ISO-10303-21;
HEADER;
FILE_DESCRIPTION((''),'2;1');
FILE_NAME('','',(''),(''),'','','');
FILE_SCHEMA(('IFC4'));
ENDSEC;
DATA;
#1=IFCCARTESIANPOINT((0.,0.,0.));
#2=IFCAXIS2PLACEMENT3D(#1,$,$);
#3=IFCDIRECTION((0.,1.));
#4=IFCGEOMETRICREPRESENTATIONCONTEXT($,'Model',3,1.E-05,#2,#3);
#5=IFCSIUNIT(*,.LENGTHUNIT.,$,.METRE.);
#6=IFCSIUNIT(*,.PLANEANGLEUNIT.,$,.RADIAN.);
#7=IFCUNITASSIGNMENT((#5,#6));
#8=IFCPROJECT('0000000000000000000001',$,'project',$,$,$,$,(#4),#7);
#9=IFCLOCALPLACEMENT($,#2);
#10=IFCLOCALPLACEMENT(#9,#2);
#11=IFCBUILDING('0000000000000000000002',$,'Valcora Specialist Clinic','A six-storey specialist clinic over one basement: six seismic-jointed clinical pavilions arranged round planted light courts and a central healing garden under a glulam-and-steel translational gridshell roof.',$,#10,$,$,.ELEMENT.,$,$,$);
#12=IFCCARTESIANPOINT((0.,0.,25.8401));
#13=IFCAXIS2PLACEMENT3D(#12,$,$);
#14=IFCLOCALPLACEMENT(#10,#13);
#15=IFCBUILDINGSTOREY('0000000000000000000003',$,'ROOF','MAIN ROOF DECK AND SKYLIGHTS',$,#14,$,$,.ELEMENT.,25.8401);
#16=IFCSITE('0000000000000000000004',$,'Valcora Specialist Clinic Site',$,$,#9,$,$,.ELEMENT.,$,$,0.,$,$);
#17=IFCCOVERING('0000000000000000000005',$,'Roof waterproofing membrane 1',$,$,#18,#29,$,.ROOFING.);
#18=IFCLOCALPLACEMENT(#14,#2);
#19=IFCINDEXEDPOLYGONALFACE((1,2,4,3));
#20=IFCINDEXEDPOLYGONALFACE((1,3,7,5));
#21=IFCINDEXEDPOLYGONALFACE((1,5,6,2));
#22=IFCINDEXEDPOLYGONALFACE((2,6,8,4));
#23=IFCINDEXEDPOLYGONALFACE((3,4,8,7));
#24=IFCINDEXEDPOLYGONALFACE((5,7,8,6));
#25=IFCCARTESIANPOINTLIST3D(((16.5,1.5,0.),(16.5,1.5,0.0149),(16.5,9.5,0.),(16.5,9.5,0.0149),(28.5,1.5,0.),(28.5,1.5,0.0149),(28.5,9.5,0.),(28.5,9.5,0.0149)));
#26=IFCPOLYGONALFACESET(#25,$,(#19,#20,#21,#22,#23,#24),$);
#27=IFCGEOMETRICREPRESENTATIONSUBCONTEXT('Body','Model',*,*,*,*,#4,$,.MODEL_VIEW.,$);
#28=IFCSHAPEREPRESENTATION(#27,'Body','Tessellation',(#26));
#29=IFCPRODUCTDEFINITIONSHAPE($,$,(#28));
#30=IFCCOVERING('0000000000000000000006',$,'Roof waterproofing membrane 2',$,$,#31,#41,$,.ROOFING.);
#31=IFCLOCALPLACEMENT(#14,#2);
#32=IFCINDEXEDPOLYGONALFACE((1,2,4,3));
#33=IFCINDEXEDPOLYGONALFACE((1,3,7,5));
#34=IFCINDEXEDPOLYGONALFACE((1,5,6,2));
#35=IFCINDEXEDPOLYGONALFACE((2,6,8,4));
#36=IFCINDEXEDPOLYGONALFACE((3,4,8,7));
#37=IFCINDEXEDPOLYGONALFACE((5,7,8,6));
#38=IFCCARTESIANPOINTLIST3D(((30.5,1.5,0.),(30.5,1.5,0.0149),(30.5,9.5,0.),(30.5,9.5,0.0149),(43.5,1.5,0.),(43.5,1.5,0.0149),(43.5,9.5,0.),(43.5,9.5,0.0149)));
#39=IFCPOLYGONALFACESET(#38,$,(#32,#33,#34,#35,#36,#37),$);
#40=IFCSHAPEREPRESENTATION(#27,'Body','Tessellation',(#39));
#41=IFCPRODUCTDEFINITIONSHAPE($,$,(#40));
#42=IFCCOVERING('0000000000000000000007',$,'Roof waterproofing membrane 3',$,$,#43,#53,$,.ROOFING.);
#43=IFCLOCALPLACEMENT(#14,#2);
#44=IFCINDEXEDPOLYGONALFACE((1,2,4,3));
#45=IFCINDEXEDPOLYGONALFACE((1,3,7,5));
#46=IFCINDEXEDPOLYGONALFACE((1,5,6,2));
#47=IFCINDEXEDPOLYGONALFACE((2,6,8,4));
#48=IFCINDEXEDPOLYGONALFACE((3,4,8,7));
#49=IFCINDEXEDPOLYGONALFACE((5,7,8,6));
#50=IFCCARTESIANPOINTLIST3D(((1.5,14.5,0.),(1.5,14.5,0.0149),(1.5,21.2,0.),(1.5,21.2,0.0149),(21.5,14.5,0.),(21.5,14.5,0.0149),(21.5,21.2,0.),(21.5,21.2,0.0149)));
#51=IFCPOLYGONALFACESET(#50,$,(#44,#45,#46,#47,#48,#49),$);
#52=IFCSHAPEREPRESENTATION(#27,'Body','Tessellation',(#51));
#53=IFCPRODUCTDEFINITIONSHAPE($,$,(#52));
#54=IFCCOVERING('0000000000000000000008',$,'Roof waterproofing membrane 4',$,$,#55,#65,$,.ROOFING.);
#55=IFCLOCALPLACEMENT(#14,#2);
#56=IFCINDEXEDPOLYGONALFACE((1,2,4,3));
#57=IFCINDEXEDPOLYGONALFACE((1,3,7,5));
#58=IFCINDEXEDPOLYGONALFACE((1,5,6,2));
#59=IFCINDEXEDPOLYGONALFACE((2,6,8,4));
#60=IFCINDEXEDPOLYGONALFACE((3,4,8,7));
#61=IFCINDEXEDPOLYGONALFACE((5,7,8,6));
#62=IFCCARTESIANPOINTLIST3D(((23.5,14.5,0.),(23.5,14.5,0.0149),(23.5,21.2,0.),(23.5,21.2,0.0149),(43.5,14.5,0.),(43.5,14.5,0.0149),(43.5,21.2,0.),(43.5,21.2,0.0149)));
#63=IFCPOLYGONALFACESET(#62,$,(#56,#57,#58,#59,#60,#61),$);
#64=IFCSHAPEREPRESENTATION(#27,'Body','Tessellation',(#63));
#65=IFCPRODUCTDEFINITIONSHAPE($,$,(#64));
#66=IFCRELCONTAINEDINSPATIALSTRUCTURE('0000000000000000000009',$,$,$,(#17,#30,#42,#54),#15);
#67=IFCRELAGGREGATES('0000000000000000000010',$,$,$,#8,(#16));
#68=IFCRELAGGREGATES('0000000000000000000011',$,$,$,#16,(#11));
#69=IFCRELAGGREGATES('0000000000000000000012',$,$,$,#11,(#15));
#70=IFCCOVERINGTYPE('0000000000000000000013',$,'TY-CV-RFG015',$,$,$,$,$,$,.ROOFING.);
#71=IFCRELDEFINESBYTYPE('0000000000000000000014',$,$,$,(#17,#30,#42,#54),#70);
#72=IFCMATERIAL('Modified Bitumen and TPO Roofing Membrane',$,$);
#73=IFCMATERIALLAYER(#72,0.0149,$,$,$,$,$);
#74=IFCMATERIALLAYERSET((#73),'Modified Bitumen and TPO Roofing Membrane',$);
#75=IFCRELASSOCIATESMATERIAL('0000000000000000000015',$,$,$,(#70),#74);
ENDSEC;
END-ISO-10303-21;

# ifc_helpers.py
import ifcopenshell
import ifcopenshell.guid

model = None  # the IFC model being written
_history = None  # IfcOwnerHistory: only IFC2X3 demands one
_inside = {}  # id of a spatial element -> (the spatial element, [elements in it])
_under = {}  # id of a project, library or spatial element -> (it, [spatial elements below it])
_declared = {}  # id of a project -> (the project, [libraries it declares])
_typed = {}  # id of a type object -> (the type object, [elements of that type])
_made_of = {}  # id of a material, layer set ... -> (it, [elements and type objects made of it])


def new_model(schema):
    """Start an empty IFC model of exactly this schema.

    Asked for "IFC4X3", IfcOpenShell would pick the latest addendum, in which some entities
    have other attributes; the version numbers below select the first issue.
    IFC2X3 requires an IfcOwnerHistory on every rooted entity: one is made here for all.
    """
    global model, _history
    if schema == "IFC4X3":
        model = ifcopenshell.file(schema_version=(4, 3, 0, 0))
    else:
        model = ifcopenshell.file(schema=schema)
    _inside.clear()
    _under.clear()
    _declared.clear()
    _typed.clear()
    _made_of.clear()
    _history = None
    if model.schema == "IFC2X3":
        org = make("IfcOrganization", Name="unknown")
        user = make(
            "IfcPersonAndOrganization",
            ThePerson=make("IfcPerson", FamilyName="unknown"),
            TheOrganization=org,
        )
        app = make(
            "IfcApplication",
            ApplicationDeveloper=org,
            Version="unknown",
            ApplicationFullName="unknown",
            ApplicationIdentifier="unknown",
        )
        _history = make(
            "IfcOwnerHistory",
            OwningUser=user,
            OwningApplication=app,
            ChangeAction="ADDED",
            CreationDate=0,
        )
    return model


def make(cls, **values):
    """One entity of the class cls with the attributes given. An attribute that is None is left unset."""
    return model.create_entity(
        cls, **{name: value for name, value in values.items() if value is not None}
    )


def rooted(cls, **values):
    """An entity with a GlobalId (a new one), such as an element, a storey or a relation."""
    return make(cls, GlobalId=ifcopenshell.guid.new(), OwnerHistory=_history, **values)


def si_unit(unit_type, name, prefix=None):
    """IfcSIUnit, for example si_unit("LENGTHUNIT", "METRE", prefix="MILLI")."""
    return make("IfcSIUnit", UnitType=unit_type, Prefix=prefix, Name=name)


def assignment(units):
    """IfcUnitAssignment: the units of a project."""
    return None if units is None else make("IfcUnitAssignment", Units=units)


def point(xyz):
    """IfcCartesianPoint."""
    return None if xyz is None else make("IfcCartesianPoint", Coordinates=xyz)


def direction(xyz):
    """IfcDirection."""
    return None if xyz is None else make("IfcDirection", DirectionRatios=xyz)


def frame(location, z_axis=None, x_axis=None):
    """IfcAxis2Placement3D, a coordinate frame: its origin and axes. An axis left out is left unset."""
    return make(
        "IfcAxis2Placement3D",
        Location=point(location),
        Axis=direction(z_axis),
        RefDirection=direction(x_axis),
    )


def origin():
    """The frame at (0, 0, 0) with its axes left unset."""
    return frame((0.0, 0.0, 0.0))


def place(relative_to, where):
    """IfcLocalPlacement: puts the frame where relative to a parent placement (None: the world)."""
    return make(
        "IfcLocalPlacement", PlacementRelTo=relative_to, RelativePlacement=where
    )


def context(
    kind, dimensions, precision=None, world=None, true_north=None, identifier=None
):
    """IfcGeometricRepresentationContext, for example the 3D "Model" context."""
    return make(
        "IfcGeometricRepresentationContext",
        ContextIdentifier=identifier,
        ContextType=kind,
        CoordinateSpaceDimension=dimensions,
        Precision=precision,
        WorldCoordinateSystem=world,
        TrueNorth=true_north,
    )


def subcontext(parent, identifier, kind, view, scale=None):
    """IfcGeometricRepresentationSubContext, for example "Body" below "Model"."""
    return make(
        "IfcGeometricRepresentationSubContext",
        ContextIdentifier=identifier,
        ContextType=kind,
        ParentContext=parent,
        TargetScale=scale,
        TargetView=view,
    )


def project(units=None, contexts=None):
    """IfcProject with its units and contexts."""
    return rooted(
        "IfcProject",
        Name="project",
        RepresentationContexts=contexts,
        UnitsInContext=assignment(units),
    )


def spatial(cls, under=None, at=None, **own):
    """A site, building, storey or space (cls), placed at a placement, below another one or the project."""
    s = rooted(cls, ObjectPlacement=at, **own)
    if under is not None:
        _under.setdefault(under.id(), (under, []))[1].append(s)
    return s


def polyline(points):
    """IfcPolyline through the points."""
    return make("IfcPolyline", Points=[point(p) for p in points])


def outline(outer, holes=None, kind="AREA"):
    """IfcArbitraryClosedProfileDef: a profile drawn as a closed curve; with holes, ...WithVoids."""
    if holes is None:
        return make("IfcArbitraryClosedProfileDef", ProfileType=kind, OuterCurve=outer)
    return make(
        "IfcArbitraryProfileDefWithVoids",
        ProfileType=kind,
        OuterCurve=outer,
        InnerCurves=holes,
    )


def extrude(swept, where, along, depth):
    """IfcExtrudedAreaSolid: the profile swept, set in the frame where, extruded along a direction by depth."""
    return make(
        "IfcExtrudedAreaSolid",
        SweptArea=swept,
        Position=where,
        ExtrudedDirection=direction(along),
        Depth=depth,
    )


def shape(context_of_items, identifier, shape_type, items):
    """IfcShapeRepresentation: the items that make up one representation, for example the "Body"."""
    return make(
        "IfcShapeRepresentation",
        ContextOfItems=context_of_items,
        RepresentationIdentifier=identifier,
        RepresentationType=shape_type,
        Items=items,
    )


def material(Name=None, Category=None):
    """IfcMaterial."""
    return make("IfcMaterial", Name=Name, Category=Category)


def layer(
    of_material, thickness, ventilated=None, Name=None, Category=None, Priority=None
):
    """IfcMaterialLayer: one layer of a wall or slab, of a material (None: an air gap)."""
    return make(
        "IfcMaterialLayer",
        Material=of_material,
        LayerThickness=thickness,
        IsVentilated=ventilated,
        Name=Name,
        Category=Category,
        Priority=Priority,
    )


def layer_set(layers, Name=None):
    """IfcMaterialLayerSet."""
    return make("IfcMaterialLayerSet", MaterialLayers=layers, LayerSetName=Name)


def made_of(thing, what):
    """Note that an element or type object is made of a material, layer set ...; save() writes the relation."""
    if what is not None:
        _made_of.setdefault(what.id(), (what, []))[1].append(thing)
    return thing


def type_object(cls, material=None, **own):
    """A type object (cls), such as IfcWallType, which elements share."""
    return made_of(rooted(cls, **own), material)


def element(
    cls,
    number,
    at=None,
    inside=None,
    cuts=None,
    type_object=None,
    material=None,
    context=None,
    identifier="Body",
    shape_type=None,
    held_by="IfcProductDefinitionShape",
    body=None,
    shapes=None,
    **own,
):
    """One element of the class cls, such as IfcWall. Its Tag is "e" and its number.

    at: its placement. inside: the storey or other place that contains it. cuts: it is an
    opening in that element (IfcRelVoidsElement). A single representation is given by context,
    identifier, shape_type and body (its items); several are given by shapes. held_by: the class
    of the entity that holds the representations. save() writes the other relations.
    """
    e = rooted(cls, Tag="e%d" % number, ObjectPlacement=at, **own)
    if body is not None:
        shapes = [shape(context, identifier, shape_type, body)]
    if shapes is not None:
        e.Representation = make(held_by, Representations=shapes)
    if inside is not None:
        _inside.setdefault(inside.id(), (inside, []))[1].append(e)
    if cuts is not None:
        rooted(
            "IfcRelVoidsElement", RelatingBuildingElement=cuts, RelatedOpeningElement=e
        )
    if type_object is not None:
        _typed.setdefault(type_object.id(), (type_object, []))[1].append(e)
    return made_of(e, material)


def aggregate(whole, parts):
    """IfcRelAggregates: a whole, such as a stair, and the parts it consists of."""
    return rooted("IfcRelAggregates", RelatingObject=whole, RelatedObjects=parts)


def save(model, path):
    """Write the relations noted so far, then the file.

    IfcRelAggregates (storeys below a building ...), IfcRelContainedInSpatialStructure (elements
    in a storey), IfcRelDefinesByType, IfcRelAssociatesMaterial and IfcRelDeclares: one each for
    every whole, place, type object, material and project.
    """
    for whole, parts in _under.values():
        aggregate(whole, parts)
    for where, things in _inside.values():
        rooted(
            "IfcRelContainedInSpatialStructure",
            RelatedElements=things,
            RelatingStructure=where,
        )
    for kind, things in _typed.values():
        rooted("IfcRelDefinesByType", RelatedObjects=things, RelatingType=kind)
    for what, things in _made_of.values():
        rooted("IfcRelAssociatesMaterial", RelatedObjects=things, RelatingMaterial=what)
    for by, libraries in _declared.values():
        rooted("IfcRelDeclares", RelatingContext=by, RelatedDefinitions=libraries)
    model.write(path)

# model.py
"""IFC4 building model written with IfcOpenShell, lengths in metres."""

from ifc_helpers import new_model, si_unit, direction, frame, origin, place, context, subcontext, project, spatial, polyline, outline, extrude, material, layer, layer_set, type_object, element, save


model = new_model("IFC4")

# Units and contexts
model_context = context("Model", 3, precision=1e-05, world=origin(), true_north=direction((0.0, 1.0)))
body_context = subcontext(model_context, "Body", "Model", "MODEL_VIEW")
ifc_project = project(units=[si_unit("LENGTHUNIT", "METRE"), si_unit("PLANEANGLEUNIT", "RADIAN")], contexts=[model_context])

# Site, building, storey
site_placement = place(None, origin())
site = spatial("IfcSite", under=ifc_project, at=site_placement, Name="Valcora Specialist Clinic Site", CompositionType="ELEMENT", RefElevation=0.0)
building_placement = place(site_placement, origin())
building = spatial("IfcBuilding", under=site, at=building_placement, Name="Valcora Specialist Clinic", Description="A six-storey specialist clinic over one basement: six seismic-jointed clinical pavilions arranged round planted light courts and a central healing garden under a glulam-and-steel translational gridshell roof.", CompositionType="ELEMENT")
storey_placement = place(building_placement, frame((0.0, 0.0, 25.8401)))
storey = spatial("IfcBuildingStorey", under=building, at=storey_placement, Name="ROOF", Description="MAIN ROOF DECK AND SKYLIGHTS", CompositionType="ELEMENT", Elevation=25.8401)

# Coverings
ifc_material_1 = material(Name="Modified Bitumen and TPO Roofing Membrane")
ifc_layer_1 = layer(ifc_material_1, 0.0149)
ifc_layer_set_1 = layer_set([ifc_layer_1], Name="Modified Bitumen and TPO Roofing Membrane")
covering_type = type_object("IfcCoveringType", Name="TY-CV-RFG015", PredefinedType="ROOFING", material=ifc_layer_set_1)
covering_1_placement = place(storey_placement, origin())
element("IfcCovering", 1, at=covering_1_placement, inside=storey, type_object=covering_type, Name="Roof waterproofing membrane 1", PredefinedType="ROOFING", context=body_context, shape_type="SweptSolid", body=[
    extrude(outline(polyline([(16.5, 1.5), (28.5, 1.5), (28.5, 9.5), (16.5, 9.5), (16.5, 1.5)])), origin(), (0.0, 0.0, 1.0), 0.0149),
])
covering_2_placement = place(storey_placement, origin())
element("IfcCovering", 2, at=covering_2_placement, inside=storey, type_object=covering_type, Name="Roof waterproofing membrane 2", PredefinedType="ROOFING", context=body_context, shape_type="SweptSolid", body=[
    extrude(outline(polyline([(30.5, 1.5), (43.5, 1.5), (43.5, 9.5), (30.5, 9.5), (30.5, 1.5)])), origin(), (0.0, 0.0, 1.0), 0.0149),
])
covering_3_placement = place(storey_placement, origin())
element("IfcCovering", 3, at=covering_3_placement, inside=storey, type_object=covering_type, Name="Roof waterproofing membrane 3", PredefinedType="ROOFING", context=body_context, shape_type="SweptSolid", body=[
    extrude(outline(polyline([(1.5, 14.5), (21.5, 14.5), (21.5, 21.2), (1.5, 21.2), (1.5, 14.5)])), origin(), (0.0, 0.0, 1.0), 0.0149),
])
covering_4_placement = place(storey_placement, origin())
element("IfcCovering", 4, at=covering_4_placement, inside=storey, type_object=covering_type, Name="Roof waterproofing membrane 4", PredefinedType="ROOFING", context=body_context, shape_type="SweptSolid", body=[
    extrude(outline(polyline([(23.5, 14.5), (43.5, 14.5), (43.5, 21.2), (23.5, 21.2), (23.5, 14.5)])), origin(), (0.0, 0.0, 1.0), 0.0149),
])

save(model, "model.ifc")
